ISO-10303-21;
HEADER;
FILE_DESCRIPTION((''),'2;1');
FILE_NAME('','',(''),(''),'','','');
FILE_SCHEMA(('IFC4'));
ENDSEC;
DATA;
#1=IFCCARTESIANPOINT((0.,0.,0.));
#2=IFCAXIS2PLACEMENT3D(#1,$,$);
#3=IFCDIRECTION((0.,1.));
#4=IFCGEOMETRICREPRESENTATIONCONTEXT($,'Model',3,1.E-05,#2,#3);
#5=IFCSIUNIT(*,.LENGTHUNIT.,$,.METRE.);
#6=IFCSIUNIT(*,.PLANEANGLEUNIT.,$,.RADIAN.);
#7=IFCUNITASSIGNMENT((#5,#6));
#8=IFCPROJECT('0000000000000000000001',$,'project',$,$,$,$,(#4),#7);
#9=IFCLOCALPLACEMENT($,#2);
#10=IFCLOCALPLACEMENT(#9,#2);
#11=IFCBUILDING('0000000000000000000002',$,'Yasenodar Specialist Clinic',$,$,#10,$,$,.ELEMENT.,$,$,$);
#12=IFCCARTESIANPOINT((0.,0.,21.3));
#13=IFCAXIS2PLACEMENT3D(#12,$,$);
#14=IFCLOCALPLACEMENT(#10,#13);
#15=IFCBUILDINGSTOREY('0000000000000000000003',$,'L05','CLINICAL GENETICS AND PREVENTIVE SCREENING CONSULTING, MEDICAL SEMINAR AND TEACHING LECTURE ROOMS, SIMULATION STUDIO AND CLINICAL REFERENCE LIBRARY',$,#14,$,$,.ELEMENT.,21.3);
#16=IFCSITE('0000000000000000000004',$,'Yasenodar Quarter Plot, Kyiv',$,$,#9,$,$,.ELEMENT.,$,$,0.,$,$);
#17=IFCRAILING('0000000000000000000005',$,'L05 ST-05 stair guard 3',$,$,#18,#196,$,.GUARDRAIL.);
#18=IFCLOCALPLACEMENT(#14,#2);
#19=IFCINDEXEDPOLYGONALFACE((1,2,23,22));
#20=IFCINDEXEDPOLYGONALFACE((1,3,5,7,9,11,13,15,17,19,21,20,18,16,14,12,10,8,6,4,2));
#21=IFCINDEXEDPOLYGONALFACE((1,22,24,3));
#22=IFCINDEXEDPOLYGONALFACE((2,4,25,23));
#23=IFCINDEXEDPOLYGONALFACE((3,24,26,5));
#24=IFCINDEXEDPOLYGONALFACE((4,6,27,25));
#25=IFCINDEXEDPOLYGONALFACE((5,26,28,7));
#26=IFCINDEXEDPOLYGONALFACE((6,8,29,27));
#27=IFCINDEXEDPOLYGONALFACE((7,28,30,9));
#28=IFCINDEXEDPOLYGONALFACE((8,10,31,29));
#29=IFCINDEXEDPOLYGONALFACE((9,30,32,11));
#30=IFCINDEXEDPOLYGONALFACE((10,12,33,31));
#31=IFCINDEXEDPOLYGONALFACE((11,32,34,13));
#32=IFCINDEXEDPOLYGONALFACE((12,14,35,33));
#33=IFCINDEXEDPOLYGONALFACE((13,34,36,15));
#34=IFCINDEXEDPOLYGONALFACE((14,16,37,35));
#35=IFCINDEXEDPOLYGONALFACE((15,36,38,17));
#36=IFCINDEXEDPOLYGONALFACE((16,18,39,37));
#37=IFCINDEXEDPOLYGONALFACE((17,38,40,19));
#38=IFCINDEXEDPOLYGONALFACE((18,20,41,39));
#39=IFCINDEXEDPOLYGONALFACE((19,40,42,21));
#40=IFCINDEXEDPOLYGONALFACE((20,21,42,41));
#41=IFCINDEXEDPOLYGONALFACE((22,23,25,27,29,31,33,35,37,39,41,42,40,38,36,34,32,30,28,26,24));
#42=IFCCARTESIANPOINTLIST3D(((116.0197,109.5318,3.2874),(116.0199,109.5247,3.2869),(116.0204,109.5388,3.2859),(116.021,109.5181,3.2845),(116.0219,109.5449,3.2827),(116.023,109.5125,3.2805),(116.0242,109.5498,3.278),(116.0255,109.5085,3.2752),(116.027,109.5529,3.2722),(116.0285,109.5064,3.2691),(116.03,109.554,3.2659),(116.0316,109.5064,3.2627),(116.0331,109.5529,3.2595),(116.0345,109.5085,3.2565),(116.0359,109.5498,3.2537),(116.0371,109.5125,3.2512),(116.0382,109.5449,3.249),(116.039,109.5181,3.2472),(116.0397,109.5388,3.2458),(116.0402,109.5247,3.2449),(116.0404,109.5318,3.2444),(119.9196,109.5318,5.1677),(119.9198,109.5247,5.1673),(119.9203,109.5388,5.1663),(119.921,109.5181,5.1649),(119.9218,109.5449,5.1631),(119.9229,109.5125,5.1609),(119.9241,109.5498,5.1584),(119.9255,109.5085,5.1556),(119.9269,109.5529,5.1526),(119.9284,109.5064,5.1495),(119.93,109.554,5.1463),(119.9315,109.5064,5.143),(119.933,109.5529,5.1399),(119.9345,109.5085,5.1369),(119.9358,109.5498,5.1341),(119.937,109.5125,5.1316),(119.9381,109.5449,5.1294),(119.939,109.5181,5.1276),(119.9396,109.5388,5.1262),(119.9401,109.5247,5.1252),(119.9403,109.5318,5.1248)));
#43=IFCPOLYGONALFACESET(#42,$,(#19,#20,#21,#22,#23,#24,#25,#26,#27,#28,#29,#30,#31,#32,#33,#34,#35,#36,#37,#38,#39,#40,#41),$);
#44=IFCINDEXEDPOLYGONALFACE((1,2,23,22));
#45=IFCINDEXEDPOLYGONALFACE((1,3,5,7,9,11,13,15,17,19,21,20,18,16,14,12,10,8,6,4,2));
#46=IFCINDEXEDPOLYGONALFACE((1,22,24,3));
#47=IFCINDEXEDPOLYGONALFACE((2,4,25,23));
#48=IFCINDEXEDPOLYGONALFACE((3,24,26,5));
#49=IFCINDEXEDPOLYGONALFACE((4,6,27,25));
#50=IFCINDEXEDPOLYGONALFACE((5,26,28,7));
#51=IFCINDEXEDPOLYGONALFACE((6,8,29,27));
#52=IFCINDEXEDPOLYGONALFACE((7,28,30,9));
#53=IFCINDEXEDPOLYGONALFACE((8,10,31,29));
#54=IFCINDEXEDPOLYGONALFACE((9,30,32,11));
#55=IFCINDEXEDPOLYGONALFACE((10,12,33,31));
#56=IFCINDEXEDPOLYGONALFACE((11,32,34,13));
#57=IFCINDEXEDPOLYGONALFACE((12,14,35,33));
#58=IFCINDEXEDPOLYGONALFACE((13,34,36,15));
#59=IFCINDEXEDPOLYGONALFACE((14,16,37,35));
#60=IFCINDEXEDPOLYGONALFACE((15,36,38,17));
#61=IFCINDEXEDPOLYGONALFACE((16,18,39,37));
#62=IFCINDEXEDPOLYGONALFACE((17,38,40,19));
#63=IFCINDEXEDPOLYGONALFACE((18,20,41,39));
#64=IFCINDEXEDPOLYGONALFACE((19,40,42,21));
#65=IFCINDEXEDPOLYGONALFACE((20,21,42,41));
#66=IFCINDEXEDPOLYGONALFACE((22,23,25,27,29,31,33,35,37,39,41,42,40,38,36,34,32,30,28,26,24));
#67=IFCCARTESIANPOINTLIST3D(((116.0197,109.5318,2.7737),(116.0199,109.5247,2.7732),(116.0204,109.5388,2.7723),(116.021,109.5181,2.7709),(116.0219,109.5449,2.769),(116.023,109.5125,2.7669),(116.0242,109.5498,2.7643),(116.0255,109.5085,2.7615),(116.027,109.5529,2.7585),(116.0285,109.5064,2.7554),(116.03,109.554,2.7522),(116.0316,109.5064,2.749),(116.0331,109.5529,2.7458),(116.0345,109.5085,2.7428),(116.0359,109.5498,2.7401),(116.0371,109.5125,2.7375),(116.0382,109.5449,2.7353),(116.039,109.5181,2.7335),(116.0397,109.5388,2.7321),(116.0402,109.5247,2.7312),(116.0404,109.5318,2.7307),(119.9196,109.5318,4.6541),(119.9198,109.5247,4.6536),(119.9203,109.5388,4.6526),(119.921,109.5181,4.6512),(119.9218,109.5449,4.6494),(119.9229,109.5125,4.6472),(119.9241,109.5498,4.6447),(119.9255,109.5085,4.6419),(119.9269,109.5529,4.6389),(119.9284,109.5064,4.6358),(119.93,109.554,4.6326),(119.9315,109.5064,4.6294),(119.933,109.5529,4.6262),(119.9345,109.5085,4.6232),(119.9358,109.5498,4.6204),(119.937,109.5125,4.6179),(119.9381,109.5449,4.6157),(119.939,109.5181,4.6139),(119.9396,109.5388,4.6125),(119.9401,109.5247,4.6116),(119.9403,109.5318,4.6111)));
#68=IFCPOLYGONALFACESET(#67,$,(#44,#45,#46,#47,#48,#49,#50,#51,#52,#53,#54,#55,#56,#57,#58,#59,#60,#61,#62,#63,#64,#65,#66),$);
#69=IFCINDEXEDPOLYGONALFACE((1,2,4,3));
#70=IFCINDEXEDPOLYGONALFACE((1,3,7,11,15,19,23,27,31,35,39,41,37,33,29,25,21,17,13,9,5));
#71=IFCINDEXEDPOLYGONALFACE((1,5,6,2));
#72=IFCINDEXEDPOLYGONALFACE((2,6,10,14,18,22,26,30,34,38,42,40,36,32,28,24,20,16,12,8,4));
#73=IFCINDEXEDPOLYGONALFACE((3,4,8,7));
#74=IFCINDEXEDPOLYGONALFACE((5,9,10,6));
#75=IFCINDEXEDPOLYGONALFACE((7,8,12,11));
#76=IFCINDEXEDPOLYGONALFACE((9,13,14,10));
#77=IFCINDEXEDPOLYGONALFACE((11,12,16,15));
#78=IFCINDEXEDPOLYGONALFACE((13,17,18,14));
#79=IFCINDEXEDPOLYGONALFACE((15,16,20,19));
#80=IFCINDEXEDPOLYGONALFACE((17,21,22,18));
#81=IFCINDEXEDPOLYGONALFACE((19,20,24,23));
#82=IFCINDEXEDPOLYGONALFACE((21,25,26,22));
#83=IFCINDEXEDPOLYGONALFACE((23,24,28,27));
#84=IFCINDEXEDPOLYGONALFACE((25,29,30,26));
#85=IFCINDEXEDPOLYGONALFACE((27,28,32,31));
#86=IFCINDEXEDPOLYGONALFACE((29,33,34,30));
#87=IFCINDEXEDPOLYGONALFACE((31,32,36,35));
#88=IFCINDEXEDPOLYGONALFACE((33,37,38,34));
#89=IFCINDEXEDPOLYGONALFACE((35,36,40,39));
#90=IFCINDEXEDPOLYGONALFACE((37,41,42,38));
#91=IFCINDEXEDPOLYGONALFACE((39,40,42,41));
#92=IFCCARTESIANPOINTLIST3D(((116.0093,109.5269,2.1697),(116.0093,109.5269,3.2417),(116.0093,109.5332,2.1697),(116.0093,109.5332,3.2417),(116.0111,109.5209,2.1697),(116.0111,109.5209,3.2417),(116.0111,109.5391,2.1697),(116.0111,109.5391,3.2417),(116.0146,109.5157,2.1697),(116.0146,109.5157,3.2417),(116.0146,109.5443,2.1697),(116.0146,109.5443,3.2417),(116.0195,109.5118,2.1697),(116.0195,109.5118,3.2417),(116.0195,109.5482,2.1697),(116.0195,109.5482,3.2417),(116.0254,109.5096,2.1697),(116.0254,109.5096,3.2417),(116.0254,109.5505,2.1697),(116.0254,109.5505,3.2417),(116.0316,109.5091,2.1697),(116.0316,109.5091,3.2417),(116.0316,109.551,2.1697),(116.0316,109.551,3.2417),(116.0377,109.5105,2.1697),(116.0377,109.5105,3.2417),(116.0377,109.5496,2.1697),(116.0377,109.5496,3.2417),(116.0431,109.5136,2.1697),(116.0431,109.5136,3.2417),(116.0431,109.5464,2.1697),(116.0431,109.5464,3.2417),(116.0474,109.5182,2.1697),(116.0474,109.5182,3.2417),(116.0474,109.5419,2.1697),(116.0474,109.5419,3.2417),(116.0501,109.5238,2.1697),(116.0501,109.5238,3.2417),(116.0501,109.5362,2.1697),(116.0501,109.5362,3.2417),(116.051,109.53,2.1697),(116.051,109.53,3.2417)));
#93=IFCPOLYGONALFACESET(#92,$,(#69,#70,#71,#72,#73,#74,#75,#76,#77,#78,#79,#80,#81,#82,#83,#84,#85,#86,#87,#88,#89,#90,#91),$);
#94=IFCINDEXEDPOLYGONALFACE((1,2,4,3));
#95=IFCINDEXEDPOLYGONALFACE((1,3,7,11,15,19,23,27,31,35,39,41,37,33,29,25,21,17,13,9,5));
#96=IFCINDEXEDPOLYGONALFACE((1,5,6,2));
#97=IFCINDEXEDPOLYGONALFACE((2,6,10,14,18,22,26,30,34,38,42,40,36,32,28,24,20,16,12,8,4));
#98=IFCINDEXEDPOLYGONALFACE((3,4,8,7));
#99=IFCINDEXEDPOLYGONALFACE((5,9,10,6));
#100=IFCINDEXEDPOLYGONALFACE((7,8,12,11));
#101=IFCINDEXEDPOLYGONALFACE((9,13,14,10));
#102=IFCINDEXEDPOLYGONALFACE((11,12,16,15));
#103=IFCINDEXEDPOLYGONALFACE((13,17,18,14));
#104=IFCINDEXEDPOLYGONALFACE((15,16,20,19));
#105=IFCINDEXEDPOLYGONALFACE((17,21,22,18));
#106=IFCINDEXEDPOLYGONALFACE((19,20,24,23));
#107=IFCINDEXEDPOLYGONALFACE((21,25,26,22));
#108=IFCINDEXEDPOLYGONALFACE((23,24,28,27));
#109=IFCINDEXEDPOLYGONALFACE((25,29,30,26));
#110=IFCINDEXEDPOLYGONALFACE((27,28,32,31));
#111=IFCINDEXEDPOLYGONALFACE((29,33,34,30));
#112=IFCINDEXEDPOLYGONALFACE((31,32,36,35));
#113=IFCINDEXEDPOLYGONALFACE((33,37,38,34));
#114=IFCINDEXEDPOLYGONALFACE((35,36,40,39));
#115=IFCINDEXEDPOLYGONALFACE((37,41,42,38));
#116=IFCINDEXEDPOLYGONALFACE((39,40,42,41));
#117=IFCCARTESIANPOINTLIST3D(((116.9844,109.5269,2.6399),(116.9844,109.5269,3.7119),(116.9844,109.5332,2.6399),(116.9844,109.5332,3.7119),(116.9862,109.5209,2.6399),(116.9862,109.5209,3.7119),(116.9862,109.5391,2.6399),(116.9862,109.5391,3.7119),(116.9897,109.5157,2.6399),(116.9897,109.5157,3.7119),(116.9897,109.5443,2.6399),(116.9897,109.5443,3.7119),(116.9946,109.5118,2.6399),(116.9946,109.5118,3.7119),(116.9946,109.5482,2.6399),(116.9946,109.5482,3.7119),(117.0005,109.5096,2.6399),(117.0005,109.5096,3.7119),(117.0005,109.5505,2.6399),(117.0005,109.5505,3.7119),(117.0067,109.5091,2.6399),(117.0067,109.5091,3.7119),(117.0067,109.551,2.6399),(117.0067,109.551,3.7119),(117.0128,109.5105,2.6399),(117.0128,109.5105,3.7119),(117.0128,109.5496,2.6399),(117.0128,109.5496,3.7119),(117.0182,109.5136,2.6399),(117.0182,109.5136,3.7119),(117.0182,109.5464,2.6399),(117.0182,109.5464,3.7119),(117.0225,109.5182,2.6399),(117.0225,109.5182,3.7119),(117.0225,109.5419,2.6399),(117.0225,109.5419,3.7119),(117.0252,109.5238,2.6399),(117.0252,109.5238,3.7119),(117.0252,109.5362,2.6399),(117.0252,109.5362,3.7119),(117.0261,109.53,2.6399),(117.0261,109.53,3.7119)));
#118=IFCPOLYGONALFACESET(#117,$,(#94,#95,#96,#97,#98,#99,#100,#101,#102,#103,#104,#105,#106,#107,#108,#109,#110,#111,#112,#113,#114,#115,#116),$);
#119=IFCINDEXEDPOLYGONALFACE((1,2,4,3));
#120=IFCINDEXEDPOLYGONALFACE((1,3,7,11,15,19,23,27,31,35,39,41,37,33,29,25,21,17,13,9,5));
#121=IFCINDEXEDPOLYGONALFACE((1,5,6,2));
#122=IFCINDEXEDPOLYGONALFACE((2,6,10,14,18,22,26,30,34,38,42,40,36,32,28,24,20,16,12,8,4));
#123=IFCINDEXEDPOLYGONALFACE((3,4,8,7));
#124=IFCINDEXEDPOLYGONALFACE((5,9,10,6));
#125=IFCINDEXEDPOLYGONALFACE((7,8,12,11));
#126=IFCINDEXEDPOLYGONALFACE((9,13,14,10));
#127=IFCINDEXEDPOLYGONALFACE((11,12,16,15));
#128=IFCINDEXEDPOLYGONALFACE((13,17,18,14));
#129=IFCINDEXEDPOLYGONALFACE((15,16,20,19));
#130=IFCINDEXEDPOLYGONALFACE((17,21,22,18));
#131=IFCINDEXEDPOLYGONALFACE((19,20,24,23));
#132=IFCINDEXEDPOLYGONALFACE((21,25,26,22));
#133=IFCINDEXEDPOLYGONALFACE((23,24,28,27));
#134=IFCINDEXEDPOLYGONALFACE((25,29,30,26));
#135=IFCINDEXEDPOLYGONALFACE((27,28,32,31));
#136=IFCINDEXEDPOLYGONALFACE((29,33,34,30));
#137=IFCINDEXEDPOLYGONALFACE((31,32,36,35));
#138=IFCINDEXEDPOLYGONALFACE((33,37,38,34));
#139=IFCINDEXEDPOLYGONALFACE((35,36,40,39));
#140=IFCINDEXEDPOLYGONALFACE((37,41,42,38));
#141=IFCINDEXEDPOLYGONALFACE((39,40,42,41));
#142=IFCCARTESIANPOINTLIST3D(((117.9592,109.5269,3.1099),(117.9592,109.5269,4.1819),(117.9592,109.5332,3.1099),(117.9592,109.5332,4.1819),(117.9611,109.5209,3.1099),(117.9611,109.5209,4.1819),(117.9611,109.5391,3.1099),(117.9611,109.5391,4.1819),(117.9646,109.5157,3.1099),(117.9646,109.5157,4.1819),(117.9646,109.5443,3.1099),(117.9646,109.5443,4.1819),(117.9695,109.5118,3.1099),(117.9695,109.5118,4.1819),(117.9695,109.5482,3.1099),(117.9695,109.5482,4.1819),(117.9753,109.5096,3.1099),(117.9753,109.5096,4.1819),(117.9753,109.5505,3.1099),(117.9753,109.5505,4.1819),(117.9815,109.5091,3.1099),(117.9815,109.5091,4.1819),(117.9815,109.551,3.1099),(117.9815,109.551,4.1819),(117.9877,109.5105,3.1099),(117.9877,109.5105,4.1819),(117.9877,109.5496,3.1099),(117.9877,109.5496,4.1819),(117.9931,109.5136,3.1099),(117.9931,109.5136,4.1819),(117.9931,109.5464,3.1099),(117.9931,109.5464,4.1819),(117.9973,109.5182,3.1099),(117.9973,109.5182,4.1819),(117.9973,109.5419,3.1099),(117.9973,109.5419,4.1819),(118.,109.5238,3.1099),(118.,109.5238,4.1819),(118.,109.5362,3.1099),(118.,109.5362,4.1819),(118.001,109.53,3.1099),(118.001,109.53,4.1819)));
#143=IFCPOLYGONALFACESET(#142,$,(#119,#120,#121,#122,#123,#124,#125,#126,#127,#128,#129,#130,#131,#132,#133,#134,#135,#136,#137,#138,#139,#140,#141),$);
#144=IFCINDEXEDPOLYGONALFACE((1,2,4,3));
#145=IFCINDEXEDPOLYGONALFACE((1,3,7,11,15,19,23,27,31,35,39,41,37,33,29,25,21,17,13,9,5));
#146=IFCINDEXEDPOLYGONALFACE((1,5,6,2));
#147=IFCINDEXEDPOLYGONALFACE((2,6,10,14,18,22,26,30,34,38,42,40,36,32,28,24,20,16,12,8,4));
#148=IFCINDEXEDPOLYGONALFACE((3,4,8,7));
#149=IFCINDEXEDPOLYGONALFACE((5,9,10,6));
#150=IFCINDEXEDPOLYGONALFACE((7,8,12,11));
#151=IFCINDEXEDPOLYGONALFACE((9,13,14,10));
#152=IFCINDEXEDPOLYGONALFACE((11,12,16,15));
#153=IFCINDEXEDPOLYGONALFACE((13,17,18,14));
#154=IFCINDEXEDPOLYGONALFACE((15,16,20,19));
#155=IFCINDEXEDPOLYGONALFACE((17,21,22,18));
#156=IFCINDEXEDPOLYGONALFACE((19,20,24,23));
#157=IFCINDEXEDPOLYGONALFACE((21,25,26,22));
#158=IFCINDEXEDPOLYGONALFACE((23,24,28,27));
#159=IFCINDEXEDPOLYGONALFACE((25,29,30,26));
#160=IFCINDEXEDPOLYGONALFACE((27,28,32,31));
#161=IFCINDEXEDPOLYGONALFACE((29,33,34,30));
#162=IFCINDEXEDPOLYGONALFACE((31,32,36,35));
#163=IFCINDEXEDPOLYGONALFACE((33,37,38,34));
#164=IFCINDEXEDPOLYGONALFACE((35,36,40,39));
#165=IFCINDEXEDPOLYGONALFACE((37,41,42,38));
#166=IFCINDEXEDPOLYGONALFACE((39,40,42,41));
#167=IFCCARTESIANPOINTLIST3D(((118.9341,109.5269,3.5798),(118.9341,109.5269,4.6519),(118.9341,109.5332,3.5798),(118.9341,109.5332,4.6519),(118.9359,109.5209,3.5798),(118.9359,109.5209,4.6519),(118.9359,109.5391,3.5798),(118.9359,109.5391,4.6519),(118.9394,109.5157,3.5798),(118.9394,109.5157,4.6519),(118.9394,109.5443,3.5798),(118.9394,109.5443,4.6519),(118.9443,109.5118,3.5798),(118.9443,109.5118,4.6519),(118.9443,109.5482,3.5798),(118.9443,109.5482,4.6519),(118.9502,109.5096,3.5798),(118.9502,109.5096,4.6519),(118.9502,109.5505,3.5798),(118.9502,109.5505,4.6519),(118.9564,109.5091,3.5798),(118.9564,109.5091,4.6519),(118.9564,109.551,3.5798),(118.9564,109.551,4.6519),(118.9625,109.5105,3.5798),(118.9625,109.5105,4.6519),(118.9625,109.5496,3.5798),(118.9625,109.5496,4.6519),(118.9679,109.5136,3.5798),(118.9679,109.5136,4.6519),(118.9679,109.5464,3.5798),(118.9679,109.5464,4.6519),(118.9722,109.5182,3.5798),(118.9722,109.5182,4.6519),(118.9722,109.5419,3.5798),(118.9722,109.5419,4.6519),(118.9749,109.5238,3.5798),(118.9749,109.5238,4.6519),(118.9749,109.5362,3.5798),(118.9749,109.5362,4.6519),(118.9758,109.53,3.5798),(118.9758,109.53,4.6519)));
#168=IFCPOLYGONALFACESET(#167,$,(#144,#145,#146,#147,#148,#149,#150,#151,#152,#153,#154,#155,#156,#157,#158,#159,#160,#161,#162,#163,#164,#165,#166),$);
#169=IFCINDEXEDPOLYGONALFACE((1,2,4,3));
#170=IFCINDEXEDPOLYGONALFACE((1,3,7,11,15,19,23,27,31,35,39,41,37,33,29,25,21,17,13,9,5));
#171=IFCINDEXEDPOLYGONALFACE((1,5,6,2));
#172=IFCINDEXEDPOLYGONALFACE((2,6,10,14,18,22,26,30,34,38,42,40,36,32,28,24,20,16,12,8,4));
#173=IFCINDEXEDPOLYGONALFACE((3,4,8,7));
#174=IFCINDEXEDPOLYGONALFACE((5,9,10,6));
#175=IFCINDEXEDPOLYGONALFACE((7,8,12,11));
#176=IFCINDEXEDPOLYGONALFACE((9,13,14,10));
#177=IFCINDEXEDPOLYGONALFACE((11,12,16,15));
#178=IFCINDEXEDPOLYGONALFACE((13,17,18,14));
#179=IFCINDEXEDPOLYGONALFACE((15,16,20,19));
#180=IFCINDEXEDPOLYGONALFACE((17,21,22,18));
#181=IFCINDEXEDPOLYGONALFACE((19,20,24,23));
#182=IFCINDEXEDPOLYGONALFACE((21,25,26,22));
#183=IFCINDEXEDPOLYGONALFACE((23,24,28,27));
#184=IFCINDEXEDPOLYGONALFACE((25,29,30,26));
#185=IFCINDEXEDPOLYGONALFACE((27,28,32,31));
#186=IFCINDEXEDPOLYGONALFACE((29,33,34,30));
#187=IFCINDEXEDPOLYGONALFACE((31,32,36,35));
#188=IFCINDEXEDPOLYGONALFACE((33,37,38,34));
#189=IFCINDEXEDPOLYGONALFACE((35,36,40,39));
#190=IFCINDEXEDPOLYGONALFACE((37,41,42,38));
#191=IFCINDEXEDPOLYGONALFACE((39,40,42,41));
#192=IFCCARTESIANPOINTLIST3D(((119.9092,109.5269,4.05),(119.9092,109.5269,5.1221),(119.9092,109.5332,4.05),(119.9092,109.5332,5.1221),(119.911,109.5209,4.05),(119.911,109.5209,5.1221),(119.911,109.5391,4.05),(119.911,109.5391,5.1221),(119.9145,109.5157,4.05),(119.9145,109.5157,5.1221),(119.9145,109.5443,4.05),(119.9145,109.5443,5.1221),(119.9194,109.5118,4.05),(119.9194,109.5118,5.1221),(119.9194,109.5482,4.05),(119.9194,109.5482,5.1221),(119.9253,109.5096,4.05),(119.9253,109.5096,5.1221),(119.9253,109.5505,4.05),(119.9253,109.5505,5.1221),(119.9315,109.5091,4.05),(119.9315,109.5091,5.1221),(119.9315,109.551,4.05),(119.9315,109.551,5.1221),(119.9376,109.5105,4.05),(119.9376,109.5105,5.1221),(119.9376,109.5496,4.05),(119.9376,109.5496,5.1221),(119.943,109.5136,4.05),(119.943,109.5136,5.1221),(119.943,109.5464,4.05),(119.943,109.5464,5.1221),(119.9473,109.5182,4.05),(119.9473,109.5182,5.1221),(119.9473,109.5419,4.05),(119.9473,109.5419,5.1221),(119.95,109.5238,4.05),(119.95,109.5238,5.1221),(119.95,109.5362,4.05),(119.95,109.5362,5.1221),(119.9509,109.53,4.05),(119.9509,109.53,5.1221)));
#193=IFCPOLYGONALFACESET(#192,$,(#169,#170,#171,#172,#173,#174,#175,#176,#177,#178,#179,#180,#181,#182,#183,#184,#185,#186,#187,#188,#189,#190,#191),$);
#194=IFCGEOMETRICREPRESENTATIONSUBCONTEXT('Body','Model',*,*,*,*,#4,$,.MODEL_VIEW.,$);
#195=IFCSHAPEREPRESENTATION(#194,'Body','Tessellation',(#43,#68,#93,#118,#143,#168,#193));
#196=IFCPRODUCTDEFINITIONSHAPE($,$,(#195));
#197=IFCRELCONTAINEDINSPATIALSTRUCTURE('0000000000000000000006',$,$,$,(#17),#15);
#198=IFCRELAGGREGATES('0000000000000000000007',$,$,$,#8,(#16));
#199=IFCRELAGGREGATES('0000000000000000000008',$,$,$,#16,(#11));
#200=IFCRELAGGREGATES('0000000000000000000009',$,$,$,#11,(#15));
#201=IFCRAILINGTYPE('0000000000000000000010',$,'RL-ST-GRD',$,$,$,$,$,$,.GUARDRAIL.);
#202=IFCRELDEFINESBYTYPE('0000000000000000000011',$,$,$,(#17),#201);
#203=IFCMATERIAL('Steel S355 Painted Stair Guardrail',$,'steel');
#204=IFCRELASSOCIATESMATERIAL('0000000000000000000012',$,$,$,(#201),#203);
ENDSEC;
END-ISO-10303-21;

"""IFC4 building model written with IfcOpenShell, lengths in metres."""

from ifc_helpers import new_model, si_unit, direction, frame, origin, origin_2d, place, context, subcontext, project, spatial, circle, extrude, material, type_object, element, save


model = new_model("IFC4")

# Units and contexts
model_context = context("Model", 3, precision=1e-05, world=origin(), true_north=direction((0.0, 1.0)))
body_context = subcontext(model_context, "Body", "Model", "MODEL_VIEW")
ifc_project = project(units=[si_unit("LENGTHUNIT", "METRE"), si_unit("PLANEANGLEUNIT", "RADIAN")], contexts=[model_context])

# Site, building, storey
site_placement = place(None, origin())
site = spatial("IfcSite", under=ifc_project, at=site_placement, Name="Yasenodar Quarter Plot, Kyiv", CompositionType="ELEMENT", RefElevation=0.0)
building_placement = place(site_placement, origin())
building = spatial("IfcBuilding", under=site, at=building_placement, Name="Yasenodar Specialist Clinic", CompositionType="ELEMENT")
storey_placement = place(building_placement, frame((0.0, 0.0, 21.3)))
storey = spatial("IfcBuildingStorey", under=building, at=storey_placement, Name="L05", Description="CLINICAL GENETICS AND PREVENTIVE SCREENING CONSULTING, MEDICAL SEMINAR AND TEACHING LECTURE ROOMS, SIMULATION STUDIO AND CLINICAL REFERENCE LIBRARY", CompositionType="ELEMENT", Elevation=21.3)

# Railing
ifc_material_1 = material(Name="Steel S355 Painted Stair Guardrail", Category="steel")
railing_type_1 = type_object("IfcRailingType", Name="RL-ST-GRD", PredefinedType="GUARDRAIL", material=ifc_material_1)
railing_1_placement = place(storey_placement, frame((116.03, 109.53, 2.1697)))
element("IfcRailing", 1, at=railing_1_placement, inside=storey, type_object=railing_type_1, Name="L05 ST-05 stair guard 3", PredefinedType="GUARDRAIL", context=body_context, shape_type="SweptSolid", body=[
    extrude(circle(Radius=0.0239, at=origin_2d()), frame((0.0, 0.0, 1.0962), z_axis=(0.900763, 0.0, 0.434311), x_axis=(0.0, 1.0, 0.0)), (0.0, 0.0, 1.0), 4.3296),
    extrude(circle(Radius=0.0239, at=origin_2d()), frame((0.0, 0.0, 0.5825), z_axis=(0.900763, 0.0, 0.434311), x_axis=(0.0, 1.0, 0.0)), (0.0, 0.0, 1.0), 4.3296),
    extrude(circle(Radius=0.021, at=origin_2d()), origin(), (0.0, 0.0, 1.0), 1.072),
    extrude(circle(Radius=0.021, at=origin_2d()), frame((0.9751, 0.0, 0.4702)), (0.0, 0.0, 1.0), 1.072),
    extrude(circle(Radius=0.021, at=origin_2d()), frame((1.95, 0.0, 0.9402)), (0.0, 0.0, 1.0), 1.072),
    extrude(circle(Radius=0.021, at=origin_2d()), frame((2.9248, 0.0, 1.4102)), (0.0, 0.0, 1.0), 1.072),
    extrude(circle(Radius=0.021, at=origin_2d()), frame((3.8999, 0.0, 1.8804)), (0.0, 0.0, 1.0), 1.072),
])

save(model, "model.ifc")
